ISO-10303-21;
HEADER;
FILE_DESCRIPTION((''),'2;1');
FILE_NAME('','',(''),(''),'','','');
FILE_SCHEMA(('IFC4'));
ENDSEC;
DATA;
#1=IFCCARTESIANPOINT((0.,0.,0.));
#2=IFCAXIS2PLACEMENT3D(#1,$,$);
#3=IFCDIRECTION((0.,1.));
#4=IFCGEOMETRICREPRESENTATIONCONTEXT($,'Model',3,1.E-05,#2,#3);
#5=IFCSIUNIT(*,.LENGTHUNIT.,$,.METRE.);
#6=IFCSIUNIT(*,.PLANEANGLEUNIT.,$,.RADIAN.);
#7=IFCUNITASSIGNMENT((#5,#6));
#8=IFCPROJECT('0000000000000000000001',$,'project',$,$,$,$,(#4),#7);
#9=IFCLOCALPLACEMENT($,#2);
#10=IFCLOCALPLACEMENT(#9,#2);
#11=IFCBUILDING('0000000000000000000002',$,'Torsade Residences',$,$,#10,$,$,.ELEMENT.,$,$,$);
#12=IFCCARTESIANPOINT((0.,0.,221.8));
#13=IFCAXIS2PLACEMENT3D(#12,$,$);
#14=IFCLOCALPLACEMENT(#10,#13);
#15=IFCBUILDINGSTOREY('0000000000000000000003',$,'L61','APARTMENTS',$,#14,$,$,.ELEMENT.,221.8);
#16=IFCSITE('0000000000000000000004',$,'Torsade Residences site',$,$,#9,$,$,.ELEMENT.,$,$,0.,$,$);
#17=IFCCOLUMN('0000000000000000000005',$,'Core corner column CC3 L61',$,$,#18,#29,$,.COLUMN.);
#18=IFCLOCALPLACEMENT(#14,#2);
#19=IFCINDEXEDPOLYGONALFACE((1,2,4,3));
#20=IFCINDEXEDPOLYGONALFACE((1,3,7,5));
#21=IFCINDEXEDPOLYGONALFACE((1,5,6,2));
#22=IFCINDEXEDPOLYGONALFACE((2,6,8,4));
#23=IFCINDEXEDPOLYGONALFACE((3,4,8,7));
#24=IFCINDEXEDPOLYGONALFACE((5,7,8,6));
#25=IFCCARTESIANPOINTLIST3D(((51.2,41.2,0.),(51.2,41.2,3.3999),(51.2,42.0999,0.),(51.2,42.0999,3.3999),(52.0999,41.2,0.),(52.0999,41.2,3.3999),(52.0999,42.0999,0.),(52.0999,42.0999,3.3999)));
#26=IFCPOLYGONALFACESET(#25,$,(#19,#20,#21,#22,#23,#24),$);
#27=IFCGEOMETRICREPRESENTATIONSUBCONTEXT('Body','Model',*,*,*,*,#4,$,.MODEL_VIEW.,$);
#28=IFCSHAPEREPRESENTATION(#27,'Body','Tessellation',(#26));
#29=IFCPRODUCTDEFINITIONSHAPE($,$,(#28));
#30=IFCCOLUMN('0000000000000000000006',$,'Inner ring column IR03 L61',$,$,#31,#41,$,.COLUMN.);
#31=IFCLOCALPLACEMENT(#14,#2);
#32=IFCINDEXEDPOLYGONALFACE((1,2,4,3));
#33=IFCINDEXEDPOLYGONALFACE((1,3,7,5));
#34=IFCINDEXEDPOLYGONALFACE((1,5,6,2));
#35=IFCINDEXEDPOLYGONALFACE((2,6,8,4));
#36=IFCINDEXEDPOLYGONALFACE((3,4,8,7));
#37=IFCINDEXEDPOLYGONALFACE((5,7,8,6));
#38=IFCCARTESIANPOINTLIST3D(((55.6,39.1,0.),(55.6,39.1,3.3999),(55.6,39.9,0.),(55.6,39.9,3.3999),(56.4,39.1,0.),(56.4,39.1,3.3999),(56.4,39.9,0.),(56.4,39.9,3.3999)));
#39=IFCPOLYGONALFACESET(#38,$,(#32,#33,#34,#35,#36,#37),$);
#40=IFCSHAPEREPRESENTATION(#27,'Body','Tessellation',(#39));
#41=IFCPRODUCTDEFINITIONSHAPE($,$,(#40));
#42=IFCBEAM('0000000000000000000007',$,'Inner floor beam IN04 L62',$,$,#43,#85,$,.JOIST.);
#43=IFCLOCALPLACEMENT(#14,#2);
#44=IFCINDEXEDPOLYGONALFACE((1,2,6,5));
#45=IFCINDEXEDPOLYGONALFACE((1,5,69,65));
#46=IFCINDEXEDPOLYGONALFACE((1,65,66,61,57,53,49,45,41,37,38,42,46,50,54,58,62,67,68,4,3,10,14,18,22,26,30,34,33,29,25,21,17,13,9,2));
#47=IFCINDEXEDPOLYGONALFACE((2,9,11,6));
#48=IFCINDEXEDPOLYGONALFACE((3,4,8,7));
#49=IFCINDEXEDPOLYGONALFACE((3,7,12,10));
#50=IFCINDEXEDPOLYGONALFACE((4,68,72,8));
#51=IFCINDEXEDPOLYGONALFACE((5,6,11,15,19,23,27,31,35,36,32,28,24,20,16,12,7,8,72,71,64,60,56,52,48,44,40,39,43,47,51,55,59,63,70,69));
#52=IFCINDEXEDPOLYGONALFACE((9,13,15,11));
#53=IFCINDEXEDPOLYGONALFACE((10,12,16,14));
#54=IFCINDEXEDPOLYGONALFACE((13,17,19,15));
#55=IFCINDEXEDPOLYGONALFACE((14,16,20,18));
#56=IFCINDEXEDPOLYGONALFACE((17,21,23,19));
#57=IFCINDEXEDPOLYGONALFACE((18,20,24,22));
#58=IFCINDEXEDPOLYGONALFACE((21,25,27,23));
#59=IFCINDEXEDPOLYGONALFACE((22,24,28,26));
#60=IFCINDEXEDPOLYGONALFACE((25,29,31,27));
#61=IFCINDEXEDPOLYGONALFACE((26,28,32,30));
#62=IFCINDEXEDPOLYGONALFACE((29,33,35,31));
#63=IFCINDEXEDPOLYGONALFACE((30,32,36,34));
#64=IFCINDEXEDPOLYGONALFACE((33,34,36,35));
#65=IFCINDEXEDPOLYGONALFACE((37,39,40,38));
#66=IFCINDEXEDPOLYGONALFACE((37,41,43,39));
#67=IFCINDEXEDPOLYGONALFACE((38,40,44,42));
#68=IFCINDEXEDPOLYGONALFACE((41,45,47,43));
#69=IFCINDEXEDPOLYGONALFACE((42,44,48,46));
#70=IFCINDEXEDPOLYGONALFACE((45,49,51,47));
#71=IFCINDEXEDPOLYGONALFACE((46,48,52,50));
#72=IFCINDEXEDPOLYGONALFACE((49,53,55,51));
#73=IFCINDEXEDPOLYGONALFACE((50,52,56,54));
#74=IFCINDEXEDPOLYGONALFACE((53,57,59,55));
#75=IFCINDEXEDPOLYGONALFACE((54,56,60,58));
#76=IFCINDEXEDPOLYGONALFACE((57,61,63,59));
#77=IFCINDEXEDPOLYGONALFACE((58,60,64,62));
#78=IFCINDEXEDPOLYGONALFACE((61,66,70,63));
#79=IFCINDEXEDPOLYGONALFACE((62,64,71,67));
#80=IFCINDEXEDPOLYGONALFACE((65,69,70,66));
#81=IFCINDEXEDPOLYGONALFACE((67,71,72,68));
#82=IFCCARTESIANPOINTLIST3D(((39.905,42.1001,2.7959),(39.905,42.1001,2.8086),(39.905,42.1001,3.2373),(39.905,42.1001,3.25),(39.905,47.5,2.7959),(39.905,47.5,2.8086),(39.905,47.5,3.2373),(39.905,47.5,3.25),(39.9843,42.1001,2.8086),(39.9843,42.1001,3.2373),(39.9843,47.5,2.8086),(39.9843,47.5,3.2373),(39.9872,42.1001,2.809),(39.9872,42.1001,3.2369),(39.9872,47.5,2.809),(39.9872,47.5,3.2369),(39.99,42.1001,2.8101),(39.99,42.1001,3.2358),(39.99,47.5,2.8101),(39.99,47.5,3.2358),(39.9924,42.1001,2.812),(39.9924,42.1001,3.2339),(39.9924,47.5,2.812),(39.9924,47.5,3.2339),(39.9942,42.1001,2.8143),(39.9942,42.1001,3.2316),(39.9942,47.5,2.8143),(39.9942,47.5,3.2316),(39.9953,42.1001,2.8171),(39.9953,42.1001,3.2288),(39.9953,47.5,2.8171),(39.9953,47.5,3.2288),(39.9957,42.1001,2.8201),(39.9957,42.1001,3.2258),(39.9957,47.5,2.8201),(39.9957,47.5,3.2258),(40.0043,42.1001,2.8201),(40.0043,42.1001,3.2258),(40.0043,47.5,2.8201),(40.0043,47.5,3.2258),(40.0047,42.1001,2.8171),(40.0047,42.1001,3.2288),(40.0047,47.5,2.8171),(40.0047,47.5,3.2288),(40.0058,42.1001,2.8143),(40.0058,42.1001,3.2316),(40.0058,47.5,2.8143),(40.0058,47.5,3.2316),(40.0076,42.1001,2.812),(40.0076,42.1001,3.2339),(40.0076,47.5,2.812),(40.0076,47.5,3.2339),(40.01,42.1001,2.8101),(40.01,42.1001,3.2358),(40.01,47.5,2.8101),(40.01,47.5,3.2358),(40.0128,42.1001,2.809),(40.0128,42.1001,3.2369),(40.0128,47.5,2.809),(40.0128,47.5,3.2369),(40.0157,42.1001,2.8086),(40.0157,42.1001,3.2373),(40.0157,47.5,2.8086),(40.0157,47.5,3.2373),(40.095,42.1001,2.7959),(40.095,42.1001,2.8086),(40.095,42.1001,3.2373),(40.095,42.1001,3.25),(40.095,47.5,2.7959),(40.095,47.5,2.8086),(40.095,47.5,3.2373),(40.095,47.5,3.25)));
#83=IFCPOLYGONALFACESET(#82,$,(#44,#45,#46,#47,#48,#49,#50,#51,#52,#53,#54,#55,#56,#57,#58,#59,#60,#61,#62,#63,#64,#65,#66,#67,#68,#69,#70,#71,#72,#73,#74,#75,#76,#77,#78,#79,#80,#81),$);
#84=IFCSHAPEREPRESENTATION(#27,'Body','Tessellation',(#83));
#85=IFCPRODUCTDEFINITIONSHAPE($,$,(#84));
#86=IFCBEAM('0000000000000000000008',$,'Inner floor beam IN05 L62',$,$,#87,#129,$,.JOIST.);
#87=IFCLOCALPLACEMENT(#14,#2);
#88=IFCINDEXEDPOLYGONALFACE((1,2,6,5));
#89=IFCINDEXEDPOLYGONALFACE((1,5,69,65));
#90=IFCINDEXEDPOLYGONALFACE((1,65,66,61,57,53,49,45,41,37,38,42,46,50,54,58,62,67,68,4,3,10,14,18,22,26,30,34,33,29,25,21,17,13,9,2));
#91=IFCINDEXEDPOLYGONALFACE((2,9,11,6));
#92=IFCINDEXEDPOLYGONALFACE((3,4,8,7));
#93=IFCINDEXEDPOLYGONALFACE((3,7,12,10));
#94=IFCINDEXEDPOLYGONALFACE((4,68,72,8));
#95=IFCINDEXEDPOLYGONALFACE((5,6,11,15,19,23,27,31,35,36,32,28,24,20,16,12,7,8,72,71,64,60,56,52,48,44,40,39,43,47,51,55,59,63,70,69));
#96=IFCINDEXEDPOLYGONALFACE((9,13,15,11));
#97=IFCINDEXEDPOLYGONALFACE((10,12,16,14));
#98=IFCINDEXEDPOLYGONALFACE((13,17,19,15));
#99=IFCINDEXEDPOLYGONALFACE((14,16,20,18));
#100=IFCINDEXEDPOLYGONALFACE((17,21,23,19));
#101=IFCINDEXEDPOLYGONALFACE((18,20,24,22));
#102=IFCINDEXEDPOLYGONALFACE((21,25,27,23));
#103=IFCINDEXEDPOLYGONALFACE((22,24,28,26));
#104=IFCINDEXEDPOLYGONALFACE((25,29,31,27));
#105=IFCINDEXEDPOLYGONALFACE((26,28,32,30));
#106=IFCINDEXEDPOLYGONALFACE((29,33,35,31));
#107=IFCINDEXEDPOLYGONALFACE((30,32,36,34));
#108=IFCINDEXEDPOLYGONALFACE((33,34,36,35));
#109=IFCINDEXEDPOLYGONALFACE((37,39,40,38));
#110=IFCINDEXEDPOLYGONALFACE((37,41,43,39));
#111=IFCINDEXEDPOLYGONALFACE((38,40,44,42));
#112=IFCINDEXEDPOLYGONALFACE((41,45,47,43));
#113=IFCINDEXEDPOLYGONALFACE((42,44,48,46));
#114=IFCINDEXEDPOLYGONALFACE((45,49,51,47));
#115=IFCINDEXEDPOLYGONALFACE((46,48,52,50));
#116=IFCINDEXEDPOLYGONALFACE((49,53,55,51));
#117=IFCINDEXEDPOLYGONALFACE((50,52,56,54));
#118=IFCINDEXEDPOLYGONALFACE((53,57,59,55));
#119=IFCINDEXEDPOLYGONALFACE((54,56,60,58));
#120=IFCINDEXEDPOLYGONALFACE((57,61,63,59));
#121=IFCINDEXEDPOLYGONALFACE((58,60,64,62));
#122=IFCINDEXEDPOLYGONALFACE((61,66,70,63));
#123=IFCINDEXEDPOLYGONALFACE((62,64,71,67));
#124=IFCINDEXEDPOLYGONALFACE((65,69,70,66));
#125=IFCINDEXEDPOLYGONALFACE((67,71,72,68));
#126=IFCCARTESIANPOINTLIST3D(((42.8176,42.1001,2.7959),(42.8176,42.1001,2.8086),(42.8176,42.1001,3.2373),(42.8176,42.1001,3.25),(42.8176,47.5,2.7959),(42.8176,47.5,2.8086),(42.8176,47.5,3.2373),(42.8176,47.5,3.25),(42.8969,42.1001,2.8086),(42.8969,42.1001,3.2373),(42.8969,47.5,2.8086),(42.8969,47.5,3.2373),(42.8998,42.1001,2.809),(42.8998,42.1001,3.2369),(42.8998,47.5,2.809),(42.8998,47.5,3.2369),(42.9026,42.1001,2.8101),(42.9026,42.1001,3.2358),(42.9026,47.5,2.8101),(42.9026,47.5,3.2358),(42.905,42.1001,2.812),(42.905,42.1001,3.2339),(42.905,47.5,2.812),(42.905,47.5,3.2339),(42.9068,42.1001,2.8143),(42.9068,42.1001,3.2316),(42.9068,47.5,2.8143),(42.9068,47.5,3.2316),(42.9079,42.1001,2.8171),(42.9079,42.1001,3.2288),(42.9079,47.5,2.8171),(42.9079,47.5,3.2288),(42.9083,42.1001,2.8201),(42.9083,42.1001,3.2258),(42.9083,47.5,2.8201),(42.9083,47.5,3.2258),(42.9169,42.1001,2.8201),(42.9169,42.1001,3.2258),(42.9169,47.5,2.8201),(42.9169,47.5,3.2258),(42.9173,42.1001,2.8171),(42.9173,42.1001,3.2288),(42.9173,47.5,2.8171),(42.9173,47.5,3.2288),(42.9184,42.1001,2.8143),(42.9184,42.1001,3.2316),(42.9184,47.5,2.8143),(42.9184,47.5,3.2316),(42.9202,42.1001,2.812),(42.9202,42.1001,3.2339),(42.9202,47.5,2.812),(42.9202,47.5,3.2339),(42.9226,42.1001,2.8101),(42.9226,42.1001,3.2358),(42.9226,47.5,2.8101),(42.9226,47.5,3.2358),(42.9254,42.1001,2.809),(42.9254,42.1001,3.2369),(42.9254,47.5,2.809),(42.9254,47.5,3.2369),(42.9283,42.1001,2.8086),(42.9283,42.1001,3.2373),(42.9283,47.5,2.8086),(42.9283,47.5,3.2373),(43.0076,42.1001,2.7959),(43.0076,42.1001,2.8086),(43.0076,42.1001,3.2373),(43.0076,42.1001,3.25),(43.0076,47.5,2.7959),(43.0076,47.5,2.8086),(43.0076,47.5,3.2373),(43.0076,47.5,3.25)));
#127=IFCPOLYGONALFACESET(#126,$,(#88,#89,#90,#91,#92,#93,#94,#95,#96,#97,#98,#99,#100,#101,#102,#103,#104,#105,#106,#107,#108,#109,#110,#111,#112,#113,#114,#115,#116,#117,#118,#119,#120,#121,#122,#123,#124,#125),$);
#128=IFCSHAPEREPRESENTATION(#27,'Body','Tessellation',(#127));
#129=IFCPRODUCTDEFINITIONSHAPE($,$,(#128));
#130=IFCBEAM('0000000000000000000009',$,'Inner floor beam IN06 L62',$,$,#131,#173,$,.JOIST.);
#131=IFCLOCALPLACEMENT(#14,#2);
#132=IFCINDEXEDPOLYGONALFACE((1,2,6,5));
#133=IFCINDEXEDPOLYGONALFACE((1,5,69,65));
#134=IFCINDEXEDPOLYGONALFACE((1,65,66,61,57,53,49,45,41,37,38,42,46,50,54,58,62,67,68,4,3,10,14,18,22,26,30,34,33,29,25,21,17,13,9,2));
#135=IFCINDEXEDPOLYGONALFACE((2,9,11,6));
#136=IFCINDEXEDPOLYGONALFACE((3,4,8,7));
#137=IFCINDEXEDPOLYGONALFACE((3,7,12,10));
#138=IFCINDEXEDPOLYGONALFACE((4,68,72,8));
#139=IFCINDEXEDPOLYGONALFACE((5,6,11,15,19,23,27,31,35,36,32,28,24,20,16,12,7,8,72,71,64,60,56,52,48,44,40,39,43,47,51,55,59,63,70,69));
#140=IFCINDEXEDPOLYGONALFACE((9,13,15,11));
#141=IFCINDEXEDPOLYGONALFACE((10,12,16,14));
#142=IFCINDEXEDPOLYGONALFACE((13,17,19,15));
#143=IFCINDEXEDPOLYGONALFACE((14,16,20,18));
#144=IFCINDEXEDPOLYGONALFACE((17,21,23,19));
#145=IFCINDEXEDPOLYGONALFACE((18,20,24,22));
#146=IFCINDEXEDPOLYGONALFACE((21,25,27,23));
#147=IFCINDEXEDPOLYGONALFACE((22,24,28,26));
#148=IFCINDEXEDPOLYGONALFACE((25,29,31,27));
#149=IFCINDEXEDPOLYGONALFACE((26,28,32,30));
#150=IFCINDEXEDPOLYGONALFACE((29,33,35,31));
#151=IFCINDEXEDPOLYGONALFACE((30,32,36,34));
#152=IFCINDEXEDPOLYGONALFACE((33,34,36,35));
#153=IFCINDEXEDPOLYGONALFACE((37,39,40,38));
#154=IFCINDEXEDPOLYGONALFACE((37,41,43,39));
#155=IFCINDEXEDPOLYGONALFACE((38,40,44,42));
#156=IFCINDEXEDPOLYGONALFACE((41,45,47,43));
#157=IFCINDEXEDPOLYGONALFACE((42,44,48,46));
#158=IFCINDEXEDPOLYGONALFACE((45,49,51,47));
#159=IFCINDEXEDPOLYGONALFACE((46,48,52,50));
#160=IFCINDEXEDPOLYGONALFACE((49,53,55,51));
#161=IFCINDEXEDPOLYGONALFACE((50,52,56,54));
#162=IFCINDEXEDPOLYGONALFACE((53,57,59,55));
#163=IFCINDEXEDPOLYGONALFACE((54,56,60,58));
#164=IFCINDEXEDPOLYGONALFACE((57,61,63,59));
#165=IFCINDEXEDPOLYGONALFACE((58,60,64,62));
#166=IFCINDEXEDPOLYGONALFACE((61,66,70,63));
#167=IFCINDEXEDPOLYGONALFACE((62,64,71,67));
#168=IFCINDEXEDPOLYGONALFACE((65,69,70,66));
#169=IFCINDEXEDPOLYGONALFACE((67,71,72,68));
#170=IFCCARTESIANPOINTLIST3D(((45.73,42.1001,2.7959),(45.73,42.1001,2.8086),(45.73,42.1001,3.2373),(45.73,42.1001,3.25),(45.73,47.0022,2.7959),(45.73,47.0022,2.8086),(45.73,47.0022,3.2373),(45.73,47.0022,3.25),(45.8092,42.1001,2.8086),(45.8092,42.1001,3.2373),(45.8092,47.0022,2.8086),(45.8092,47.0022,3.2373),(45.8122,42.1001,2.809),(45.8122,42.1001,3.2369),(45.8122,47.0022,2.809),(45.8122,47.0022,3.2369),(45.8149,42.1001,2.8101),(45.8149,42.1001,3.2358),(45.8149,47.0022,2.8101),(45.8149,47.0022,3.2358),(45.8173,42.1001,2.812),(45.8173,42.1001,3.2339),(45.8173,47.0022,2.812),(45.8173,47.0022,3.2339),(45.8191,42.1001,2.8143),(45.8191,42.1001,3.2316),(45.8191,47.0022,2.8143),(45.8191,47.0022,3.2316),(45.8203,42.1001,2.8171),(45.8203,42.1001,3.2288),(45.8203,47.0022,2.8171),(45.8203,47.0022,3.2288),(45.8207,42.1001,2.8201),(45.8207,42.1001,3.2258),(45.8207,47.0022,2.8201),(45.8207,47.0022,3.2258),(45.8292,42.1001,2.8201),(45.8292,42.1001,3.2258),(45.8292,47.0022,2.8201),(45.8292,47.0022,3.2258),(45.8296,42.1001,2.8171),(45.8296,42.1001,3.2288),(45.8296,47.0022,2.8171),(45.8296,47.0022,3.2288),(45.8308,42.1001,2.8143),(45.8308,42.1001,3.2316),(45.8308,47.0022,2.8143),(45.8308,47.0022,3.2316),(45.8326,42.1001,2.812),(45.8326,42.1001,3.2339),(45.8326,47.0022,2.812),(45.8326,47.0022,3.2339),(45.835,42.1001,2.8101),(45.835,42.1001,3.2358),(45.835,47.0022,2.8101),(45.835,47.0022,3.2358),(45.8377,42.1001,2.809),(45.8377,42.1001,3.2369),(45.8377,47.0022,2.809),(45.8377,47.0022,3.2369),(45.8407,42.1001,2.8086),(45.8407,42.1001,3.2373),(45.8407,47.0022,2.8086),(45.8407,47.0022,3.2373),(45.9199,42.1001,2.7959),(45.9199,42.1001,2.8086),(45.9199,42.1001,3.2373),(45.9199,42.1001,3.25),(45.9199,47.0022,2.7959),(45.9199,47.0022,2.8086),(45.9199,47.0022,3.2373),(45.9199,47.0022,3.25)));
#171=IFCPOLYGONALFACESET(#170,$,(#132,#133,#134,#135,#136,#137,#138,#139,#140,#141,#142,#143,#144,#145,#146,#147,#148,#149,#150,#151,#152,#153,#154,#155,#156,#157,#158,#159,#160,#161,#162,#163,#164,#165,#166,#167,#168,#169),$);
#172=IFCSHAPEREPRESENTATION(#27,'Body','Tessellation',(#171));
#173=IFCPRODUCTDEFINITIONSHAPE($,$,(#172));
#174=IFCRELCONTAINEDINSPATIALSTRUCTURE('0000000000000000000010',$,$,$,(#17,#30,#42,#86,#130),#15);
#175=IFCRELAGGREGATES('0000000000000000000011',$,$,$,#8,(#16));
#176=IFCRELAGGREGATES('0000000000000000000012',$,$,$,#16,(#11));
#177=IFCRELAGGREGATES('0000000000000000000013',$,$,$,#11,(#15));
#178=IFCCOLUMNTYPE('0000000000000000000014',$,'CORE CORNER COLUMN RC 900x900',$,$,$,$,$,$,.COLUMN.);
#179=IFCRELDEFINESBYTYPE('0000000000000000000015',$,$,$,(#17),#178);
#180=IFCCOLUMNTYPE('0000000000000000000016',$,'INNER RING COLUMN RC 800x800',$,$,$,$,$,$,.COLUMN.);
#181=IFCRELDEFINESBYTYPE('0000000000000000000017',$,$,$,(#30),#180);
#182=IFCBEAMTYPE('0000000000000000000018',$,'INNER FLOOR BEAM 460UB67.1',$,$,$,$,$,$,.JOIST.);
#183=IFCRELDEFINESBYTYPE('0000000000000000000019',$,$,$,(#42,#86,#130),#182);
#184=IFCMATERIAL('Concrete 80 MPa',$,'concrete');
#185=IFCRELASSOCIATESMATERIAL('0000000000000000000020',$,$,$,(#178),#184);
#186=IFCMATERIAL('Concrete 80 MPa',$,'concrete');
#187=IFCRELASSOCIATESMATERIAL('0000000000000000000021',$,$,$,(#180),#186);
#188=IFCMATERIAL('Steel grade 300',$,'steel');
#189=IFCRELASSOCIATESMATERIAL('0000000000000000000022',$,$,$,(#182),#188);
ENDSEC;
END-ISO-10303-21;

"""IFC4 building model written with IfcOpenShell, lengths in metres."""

from ifc_helpers import new_model, si_unit, direction, frame, origin, origin_2d, place, context, subcontext, project, spatial, rectangle, i_section, extrude, material, material_profile, profile_set, type_object, element, save


model = new_model("IFC4")

# Units and contexts
model_context = context("Model", 3, precision=1e-05, world=origin(), true_north=direction((0.0, 1.0)))
body_context = subcontext(model_context, "Body", "Model", "MODEL_VIEW")
ifc_project = project(units=[si_unit("LENGTHUNIT", "METRE"), si_unit("PLANEANGLEUNIT", "RADIAN")], contexts=[model_context])

# Site, building, storey
site_placement = place(None, origin())
site = spatial("IfcSite", under=ifc_project, at=site_placement, Name="Torsade Residences site", CompositionType="ELEMENT", RefElevation=0.0)
building_placement = place(site_placement, origin())
building = spatial("IfcBuilding", under=site, at=building_placement, Name="Torsade Residences", CompositionType="ELEMENT")
storey_placement = place(building_placement, frame((0.0, 0.0, 221.8)))
storey = spatial("IfcBuildingStorey", under=building, at=storey_placement, Name="L61", Description="APARTMENTS", CompositionType="ELEMENT", Elevation=221.8)

# Columns
ifc_material_1 = material(Name="Concrete 80 MPa", Category="concrete")
ifc_material_profile_1 = material_profile(ifc_material_1, rectangle(XDim=0.8999, YDim=0.8999, at=origin_2d()), Name="RC 900x900")
ifc_profile_set_1 = profile_set([ifc_material_profile_1], Name="Concrete 80 MPa")
column_type_1 = type_object("IfcColumnType", Name="CORE CORNER COLUMN RC 900x900", PredefinedType="COLUMN", material=ifc_profile_set_1)
column_1_placement = place(storey_placement, frame((51.6499, 41.6499, 0.0), z_axis=(0.0, 0.0, 1.0), x_axis=(1.0, 0.0, 0.0)))
element("IfcColumn", 1, at=column_1_placement, inside=storey, type_object=column_type_1, Name="Core corner column CC3 L61", PredefinedType="COLUMN", context=body_context, shape_type="SweptSolid", body=[
    extrude(rectangle(XDim=0.8999, YDim=0.8999, at=origin_2d()), origin(), (0.0, 0.0, 1.0), 3.3999),
])
ifc_material_2 = material(Name="Concrete 80 MPa", Category="concrete")
ifc_material_profile_2 = material_profile(ifc_material_2, rectangle(XDim=0.8, YDim=0.8, at=origin_2d()), Name="RC 800x800")
ifc_profile_set_2 = profile_set([ifc_material_profile_2], Name="Concrete 80 MPa")
column_type_2 = type_object("IfcColumnType", Name="INNER RING COLUMN RC 800x800", PredefinedType="COLUMN", material=ifc_profile_set_2)
column_2_placement = place(storey_placement, frame((56.0, 39.5, 0.0), z_axis=(0.0, 0.0, 1.0), x_axis=(1.0, 0.0, 0.0)))
element("IfcColumn", 2, at=column_2_placement, inside=storey, type_object=column_type_2, Name="Inner ring column IR03 L61", PredefinedType="COLUMN", context=body_context, shape_type="SweptSolid", body=[
    extrude(rectangle(XDim=0.8, YDim=0.8, at=origin_2d()), origin(), (0.0, 0.0, 1.0), 3.3999),
])

# Beams
ifc_material_3 = material(Name="Steel grade 300", Category="steel")
ifc_material_profile_3 = material_profile(ifc_material_3, i_section(OverallWidth=0.1899, OverallDepth=0.4541, WebThickness=0.0085, FlangeThickness=0.0127, FilletRadius=0.0115, at=origin_2d()), Name="460UB67.1")
ifc_profile_set_3 = profile_set([ifc_material_profile_3], Name="Steel grade 300")
beam_type_1 = type_object("IfcBeamType", Name="INNER FLOOR BEAM 460UB67.1", PredefinedType="JOIST", material=ifc_profile_set_3)
for number, where, z_axis, x_axis, name in (
    (3, (40.0, 42.1001, 3.0229), (0.0, 1.0, 0.0), (-1.0, 0.0, 0.0), "Inner floor beam IN04 L62"),
    (4, (42.9126, 42.1001, 3.0229), (0.0, 1.0, 0.0), (-1.0, 0.0, 0.0), "Inner floor beam IN05 L62"),
):
    element("IfcBeam", number, at=place(storey_placement, frame(where, z_axis=z_axis, x_axis=x_axis)), inside=storey, type_object=beam_type_1, Name=name, PredefinedType="JOIST", context=body_context, shape_type="SweptSolid", body=[
        extrude(i_section(OverallWidth=0.1899, OverallDepth=0.4541, WebThickness=0.0085, FlangeThickness=0.0127, FilletRadius=0.0115, at=origin_2d()), origin(), (0.0, 0.0, 1.0), 5.3999),
    ])
beam_1_placement = place(storey_placement, frame((45.825, 42.1001, 3.0229), z_axis=(0.0, 1.0, 0.0), x_axis=(-1.0, 0.0, 0.0)))
element("IfcBeam", 5, at=beam_1_placement, inside=storey, type_object=beam_type_1, Name="Inner floor beam IN06 L62", PredefinedType="JOIST", context=body_context, shape_type="SweptSolid", body=[
    extrude(i_section(OverallWidth=0.1899, OverallDepth=0.4541, WebThickness=0.0085, FlangeThickness=0.0127, FilletRadius=0.0115, at=origin_2d()), origin(), (0.0, 0.0, 1.0), 4.9021),
])

save(model, "model.ifc")
